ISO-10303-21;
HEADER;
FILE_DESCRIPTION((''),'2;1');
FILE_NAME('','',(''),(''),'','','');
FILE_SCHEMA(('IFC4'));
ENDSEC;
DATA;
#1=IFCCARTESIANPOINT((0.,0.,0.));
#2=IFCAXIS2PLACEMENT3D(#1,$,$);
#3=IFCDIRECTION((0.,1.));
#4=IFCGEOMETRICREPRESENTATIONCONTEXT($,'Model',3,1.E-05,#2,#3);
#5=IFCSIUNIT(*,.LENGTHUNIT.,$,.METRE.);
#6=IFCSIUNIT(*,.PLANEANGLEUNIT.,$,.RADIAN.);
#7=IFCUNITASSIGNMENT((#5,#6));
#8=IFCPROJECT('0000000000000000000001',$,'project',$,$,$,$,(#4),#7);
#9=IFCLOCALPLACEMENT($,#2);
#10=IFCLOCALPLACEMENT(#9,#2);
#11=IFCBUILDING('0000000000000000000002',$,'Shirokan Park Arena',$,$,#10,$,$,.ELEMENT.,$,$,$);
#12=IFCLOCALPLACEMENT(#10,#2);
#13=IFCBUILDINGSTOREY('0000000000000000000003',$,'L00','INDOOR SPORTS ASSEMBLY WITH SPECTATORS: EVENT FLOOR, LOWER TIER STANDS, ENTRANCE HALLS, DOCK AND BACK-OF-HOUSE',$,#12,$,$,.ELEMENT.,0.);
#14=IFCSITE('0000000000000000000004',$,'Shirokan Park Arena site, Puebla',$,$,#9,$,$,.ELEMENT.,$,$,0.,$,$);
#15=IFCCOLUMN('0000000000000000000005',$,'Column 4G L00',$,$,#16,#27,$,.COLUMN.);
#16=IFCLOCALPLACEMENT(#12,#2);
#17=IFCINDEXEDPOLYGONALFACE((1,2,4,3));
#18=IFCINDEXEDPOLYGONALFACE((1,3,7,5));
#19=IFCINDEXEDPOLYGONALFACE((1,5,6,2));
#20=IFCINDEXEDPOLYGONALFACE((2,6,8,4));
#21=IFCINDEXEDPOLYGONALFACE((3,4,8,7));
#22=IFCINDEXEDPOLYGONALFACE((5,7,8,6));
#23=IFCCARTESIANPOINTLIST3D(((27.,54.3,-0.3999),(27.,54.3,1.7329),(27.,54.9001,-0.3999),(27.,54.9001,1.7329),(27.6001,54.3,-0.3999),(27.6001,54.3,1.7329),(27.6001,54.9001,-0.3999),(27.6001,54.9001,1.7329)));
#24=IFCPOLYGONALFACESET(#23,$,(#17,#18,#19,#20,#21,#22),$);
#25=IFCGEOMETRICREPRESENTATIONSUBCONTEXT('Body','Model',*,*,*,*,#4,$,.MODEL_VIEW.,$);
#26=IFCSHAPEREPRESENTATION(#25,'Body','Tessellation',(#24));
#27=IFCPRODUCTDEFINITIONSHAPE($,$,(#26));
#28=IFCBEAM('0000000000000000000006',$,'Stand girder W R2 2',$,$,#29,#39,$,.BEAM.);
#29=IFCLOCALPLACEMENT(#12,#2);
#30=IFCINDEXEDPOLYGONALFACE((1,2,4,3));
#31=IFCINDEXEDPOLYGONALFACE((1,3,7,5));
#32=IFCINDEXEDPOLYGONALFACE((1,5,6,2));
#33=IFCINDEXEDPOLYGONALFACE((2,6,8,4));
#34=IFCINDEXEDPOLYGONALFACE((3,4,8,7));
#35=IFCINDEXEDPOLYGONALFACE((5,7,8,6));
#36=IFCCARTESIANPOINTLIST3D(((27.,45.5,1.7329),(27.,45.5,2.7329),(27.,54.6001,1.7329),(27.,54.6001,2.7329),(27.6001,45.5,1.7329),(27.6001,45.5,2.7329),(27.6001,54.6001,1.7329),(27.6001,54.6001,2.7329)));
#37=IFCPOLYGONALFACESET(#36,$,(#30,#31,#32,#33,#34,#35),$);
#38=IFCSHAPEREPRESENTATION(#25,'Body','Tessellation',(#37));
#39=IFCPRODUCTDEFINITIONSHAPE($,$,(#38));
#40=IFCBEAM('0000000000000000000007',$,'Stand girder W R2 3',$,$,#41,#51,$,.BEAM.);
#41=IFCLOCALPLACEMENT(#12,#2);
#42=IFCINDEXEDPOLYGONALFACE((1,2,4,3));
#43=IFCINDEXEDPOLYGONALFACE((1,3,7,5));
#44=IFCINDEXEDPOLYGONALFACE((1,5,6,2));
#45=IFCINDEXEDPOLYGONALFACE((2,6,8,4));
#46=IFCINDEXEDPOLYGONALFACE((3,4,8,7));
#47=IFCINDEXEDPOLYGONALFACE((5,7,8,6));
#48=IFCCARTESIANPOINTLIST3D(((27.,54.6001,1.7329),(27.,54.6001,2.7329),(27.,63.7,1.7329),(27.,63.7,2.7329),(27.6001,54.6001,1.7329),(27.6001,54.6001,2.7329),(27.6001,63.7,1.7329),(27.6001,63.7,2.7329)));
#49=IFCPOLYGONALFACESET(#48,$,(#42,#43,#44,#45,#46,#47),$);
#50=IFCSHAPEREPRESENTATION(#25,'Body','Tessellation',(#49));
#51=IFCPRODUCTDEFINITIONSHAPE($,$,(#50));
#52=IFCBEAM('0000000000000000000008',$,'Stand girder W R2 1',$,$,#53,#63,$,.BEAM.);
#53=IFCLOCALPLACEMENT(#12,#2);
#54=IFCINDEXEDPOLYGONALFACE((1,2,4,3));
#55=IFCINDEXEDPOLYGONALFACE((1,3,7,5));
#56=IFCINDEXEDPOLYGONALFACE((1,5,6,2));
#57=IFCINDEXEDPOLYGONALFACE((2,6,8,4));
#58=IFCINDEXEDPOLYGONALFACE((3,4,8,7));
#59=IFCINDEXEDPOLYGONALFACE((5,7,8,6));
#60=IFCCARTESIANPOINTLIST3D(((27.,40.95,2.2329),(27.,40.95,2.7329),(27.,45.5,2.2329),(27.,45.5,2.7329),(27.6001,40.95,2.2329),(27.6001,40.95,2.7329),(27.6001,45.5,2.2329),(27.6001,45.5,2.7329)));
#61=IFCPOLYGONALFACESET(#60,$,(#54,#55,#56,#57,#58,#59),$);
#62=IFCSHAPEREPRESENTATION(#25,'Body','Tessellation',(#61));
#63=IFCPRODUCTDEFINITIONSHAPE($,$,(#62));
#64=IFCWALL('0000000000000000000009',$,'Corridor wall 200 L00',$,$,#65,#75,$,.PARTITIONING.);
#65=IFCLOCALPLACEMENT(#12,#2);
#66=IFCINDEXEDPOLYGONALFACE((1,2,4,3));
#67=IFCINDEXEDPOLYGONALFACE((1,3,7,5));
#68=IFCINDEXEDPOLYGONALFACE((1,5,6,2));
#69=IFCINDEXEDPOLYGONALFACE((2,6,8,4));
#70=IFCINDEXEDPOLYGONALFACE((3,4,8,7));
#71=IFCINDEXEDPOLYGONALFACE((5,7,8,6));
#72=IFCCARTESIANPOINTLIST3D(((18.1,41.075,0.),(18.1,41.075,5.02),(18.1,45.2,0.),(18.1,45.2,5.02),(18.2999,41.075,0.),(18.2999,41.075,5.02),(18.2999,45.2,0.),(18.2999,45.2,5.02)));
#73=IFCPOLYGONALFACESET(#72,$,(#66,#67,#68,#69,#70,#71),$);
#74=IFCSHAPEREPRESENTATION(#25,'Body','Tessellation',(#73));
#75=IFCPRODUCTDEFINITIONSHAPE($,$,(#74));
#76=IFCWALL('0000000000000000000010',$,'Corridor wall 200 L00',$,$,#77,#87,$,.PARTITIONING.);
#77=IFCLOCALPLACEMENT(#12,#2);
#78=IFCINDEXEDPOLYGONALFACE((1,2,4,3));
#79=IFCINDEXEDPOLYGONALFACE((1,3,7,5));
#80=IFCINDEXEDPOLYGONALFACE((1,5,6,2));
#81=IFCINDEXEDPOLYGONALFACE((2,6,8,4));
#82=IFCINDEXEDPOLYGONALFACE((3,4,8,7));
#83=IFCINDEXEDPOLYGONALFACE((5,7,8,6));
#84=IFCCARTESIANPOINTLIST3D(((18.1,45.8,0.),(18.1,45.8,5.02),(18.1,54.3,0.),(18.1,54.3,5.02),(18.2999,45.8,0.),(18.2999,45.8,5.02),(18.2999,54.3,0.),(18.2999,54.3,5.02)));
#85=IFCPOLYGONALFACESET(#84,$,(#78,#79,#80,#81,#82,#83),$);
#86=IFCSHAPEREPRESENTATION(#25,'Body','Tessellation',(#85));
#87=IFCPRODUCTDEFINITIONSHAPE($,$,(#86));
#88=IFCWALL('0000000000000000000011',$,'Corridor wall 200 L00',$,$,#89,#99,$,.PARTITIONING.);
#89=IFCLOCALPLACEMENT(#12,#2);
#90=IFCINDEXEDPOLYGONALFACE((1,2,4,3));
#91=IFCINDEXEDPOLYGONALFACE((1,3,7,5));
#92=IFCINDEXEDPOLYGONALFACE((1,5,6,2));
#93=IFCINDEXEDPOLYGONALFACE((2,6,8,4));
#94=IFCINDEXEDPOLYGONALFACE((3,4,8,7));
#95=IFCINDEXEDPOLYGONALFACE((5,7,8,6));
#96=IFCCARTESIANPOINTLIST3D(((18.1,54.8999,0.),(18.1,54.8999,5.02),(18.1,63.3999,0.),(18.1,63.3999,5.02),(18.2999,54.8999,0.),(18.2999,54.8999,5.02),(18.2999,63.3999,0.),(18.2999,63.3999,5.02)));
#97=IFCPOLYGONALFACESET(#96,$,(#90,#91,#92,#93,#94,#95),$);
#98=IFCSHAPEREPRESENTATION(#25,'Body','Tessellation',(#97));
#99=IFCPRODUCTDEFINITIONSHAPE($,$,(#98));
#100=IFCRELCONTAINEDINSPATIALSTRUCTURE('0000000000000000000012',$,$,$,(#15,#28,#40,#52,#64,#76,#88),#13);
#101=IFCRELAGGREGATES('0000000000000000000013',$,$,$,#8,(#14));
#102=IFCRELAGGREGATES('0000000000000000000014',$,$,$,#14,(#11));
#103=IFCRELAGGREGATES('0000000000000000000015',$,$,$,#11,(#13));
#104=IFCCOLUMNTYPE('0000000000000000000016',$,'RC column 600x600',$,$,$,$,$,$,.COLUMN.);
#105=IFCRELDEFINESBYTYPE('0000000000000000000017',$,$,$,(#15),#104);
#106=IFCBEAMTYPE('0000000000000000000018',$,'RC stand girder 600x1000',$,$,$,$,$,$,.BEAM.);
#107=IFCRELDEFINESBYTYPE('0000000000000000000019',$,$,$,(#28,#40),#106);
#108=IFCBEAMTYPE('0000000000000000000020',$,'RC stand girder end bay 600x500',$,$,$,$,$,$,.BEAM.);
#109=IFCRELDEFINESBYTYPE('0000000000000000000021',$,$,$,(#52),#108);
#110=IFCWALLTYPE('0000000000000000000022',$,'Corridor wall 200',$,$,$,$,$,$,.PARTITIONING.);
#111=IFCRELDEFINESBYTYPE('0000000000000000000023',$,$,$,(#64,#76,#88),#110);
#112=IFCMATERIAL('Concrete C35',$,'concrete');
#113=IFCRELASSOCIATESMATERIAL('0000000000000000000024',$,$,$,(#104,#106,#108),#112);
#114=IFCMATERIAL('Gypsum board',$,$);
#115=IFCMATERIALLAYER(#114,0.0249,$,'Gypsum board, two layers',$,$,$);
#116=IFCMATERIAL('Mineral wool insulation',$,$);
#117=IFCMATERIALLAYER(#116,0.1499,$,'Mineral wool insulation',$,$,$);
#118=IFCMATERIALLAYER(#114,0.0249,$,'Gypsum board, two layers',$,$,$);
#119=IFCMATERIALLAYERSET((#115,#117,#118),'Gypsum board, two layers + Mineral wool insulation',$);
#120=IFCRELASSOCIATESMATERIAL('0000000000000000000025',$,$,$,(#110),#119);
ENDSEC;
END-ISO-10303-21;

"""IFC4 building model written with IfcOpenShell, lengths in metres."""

from ifc_helpers import new_model, si_unit, direction, frame, frame_2d, origin, origin_2d, place, context, subcontext, project, spatial, rectangle, extrude, material, layer, layer_set, material_profile, profile_set, type_object, element, save


model = new_model("IFC4")

# Units and contexts
model_context = context("Model", 3, precision=1e-05, world=origin(), true_north=direction((0.0, 1.0)))
body_context = subcontext(model_context, "Body", "Model", "MODEL_VIEW")
ifc_project = project(units=[si_unit("LENGTHUNIT", "METRE"), si_unit("PLANEANGLEUNIT", "RADIAN")], contexts=[model_context])

# Site, building, storey
site_placement = place(None, origin())
site = spatial("IfcSite", under=ifc_project, at=site_placement, Name="Shirokan Park Arena site, Puebla", CompositionType="ELEMENT", RefElevation=0.0)
building_placement = place(site_placement, origin())
building = spatial("IfcBuilding", under=site, at=building_placement, Name="Shirokan Park Arena", CompositionType="ELEMENT")
storey_placement = place(building_placement, origin())
storey = spatial("IfcBuildingStorey", under=building, at=storey_placement, Name="L00", Description="INDOOR SPORTS ASSEMBLY WITH SPECTATORS: EVENT FLOOR, LOWER TIER STANDS, ENTRANCE HALLS, DOCK AND BACK-OF-HOUSE", CompositionType="ELEMENT", Elevation=0.0)

# Column
ifc_material_1 = material(Name="Concrete C35", Category="concrete")
ifc_material_profile_1 = material_profile(ifc_material_1, rectangle(XDim=0.6001, YDim=0.6001, at=origin_2d()), Name="600x600")
ifc_profile_set_1 = profile_set([ifc_material_profile_1], Name="Concrete C35")
column_type = type_object("IfcColumnType", Name="RC column 600x600", PredefinedType="COLUMN", material=ifc_profile_set_1)
for number, where, z_axis, x_axis, name in (
    (1, (27.3, 54.6001, -0.3999), (0.0, 0.0, 1.0), (1.0, 0.0, 0.0), "Column 4G L00"),
):
    element("IfcColumn", number, at=place(storey_placement, frame(where, z_axis=z_axis, x_axis=x_axis)), inside=storey, type_object=column_type, Name=name, PredefinedType="COLUMN", context=body_context, shape_type="SweptSolid", body=[
        extrude(rectangle(XDim=0.6001, YDim=0.6001, at=origin_2d()), origin(), (0.0, 0.0, 1.0), 2.1328),
    ])

# Beams
ifc_material_profile_2 = material_profile(ifc_material_1, rectangle(XDim=0.6001, YDim=1.0, at=origin_2d()), Name="600x1000")
ifc_profile_set_2 = profile_set([ifc_material_profile_2], Name="Concrete C35")
beam_type_1 = type_object("IfcBeamType", Name="RC stand girder 600x1000", PredefinedType="BEAM", material=ifc_profile_set_2)
beam_1_placement = place(storey_placement, frame((27.3, 45.5, 2.2329), z_axis=(0.0, 1.0, 0.0), x_axis=(-1.0, 0.0, 0.0)))
element("IfcBeam", 2, at=beam_1_placement, inside=storey, type_object=beam_type_1, Name="Stand girder W R2 2", PredefinedType="BEAM", context=body_context, shape_type="SweptSolid", body=[
    extrude(rectangle(XDim=0.6001, YDim=1.0, at=origin_2d()), origin(), (0.0, 0.0, 1.0), 9.1001),
])
beam_2_placement = place(storey_placement, frame((27.3, 54.6001, 2.2329), z_axis=(0.0, 1.0, 0.0), x_axis=(-1.0, 0.0, 0.0)))
element("IfcBeam", 3, at=beam_2_placement, inside=storey, type_object=beam_type_1, Name="Stand girder W R2 3", PredefinedType="BEAM", context=body_context, shape_type="SweptSolid", body=[
    extrude(rectangle(XDim=0.6001, YDim=1.0, at=origin_2d()), origin(), (0.0, 0.0, 1.0), 9.0999),
])
ifc_material_profile_3 = material_profile(ifc_material_1, rectangle(XDim=0.6001, YDim=0.5, at=origin_2d()), Name="600x500")
ifc_profile_set_3 = profile_set([ifc_material_profile_3], Name="Concrete C35")
beam_type_2 = type_object("IfcBeamType", Name="RC stand girder end bay 600x500", PredefinedType="BEAM", material=ifc_profile_set_3)
beam_3_placement = place(storey_placement, frame((27.3, 40.95, 2.4829), z_axis=(0.0, 1.0, 0.0), x_axis=(-1.0, 0.0, 0.0)))
element("IfcBeam", 4, at=beam_3_placement, inside=storey, type_object=beam_type_2, Name="Stand girder W R2 1", PredefinedType="BEAM", context=body_context, shape_type="SweptSolid", body=[
    extrude(rectangle(XDim=0.6001, YDim=0.5, at=origin_2d()), origin(), (0.0, 0.0, 1.0), 4.55),
])

# Walls
ifc_material_2 = material(Name="Gypsum board")
ifc_layer_1 = layer(ifc_material_2, 0.0249, Name="Gypsum board, two layers")
ifc_material_3 = material(Name="Mineral wool insulation")
ifc_layer_2 = layer(ifc_material_3, 0.1499, Name="Mineral wool insulation")
ifc_layer_3 = layer(ifc_material_2, 0.0249, Name="Gypsum board, two layers")
ifc_layer_set = layer_set([ifc_layer_1, ifc_layer_2, ifc_layer_3], Name="Gypsum board, two layers + Mineral wool insulation")
wall_type = type_object("IfcWallType", Name="Corridor wall 200", PredefinedType="PARTITIONING", material=ifc_layer_set)
wall_placement = place(storey_placement, frame((18.2, 45.2, 0.0), z_axis=(0.0, 0.0, 1.0), x_axis=(0.0, -1.0, 0.0)))
element("IfcWall", 5, at=wall_placement, inside=storey, type_object=wall_type, Name="Corridor wall 200 L00", PredefinedType="PARTITIONING", context=body_context, shape_type="SweptSolid", body=[
    extrude(rectangle(XDim=4.125, YDim=0.2, at=frame_2d((2.0625, 0.0))), origin(), (0.0, 0.0, 1.0), 5.02),
])
for number, where, z_axis, x_axis, name in (
    (6, (18.2, 54.3, 0.0), (0.0, 0.0, 1.0), (0.0, -1.0, 0.0), "Corridor wall 200 L00"),
    (7, (18.2, 63.3999, 0.0), (0.0, 0.0, 1.0), (0.0, -1.0, 0.0), "Corridor wall 200 L00"),
):
    element("IfcWall", number, at=place(storey_placement, frame(where, z_axis=z_axis, x_axis=x_axis)), inside=storey, type_object=wall_type, Name=name, PredefinedType="PARTITIONING", context=body_context, shape_type="SweptSolid", body=[
        extrude(rectangle(XDim=8.5, YDim=0.2, at=frame_2d((4.25, 0.0))), origin(), (0.0, 0.0, 1.0), 5.02),
    ])

save(model, "model.ifc")
